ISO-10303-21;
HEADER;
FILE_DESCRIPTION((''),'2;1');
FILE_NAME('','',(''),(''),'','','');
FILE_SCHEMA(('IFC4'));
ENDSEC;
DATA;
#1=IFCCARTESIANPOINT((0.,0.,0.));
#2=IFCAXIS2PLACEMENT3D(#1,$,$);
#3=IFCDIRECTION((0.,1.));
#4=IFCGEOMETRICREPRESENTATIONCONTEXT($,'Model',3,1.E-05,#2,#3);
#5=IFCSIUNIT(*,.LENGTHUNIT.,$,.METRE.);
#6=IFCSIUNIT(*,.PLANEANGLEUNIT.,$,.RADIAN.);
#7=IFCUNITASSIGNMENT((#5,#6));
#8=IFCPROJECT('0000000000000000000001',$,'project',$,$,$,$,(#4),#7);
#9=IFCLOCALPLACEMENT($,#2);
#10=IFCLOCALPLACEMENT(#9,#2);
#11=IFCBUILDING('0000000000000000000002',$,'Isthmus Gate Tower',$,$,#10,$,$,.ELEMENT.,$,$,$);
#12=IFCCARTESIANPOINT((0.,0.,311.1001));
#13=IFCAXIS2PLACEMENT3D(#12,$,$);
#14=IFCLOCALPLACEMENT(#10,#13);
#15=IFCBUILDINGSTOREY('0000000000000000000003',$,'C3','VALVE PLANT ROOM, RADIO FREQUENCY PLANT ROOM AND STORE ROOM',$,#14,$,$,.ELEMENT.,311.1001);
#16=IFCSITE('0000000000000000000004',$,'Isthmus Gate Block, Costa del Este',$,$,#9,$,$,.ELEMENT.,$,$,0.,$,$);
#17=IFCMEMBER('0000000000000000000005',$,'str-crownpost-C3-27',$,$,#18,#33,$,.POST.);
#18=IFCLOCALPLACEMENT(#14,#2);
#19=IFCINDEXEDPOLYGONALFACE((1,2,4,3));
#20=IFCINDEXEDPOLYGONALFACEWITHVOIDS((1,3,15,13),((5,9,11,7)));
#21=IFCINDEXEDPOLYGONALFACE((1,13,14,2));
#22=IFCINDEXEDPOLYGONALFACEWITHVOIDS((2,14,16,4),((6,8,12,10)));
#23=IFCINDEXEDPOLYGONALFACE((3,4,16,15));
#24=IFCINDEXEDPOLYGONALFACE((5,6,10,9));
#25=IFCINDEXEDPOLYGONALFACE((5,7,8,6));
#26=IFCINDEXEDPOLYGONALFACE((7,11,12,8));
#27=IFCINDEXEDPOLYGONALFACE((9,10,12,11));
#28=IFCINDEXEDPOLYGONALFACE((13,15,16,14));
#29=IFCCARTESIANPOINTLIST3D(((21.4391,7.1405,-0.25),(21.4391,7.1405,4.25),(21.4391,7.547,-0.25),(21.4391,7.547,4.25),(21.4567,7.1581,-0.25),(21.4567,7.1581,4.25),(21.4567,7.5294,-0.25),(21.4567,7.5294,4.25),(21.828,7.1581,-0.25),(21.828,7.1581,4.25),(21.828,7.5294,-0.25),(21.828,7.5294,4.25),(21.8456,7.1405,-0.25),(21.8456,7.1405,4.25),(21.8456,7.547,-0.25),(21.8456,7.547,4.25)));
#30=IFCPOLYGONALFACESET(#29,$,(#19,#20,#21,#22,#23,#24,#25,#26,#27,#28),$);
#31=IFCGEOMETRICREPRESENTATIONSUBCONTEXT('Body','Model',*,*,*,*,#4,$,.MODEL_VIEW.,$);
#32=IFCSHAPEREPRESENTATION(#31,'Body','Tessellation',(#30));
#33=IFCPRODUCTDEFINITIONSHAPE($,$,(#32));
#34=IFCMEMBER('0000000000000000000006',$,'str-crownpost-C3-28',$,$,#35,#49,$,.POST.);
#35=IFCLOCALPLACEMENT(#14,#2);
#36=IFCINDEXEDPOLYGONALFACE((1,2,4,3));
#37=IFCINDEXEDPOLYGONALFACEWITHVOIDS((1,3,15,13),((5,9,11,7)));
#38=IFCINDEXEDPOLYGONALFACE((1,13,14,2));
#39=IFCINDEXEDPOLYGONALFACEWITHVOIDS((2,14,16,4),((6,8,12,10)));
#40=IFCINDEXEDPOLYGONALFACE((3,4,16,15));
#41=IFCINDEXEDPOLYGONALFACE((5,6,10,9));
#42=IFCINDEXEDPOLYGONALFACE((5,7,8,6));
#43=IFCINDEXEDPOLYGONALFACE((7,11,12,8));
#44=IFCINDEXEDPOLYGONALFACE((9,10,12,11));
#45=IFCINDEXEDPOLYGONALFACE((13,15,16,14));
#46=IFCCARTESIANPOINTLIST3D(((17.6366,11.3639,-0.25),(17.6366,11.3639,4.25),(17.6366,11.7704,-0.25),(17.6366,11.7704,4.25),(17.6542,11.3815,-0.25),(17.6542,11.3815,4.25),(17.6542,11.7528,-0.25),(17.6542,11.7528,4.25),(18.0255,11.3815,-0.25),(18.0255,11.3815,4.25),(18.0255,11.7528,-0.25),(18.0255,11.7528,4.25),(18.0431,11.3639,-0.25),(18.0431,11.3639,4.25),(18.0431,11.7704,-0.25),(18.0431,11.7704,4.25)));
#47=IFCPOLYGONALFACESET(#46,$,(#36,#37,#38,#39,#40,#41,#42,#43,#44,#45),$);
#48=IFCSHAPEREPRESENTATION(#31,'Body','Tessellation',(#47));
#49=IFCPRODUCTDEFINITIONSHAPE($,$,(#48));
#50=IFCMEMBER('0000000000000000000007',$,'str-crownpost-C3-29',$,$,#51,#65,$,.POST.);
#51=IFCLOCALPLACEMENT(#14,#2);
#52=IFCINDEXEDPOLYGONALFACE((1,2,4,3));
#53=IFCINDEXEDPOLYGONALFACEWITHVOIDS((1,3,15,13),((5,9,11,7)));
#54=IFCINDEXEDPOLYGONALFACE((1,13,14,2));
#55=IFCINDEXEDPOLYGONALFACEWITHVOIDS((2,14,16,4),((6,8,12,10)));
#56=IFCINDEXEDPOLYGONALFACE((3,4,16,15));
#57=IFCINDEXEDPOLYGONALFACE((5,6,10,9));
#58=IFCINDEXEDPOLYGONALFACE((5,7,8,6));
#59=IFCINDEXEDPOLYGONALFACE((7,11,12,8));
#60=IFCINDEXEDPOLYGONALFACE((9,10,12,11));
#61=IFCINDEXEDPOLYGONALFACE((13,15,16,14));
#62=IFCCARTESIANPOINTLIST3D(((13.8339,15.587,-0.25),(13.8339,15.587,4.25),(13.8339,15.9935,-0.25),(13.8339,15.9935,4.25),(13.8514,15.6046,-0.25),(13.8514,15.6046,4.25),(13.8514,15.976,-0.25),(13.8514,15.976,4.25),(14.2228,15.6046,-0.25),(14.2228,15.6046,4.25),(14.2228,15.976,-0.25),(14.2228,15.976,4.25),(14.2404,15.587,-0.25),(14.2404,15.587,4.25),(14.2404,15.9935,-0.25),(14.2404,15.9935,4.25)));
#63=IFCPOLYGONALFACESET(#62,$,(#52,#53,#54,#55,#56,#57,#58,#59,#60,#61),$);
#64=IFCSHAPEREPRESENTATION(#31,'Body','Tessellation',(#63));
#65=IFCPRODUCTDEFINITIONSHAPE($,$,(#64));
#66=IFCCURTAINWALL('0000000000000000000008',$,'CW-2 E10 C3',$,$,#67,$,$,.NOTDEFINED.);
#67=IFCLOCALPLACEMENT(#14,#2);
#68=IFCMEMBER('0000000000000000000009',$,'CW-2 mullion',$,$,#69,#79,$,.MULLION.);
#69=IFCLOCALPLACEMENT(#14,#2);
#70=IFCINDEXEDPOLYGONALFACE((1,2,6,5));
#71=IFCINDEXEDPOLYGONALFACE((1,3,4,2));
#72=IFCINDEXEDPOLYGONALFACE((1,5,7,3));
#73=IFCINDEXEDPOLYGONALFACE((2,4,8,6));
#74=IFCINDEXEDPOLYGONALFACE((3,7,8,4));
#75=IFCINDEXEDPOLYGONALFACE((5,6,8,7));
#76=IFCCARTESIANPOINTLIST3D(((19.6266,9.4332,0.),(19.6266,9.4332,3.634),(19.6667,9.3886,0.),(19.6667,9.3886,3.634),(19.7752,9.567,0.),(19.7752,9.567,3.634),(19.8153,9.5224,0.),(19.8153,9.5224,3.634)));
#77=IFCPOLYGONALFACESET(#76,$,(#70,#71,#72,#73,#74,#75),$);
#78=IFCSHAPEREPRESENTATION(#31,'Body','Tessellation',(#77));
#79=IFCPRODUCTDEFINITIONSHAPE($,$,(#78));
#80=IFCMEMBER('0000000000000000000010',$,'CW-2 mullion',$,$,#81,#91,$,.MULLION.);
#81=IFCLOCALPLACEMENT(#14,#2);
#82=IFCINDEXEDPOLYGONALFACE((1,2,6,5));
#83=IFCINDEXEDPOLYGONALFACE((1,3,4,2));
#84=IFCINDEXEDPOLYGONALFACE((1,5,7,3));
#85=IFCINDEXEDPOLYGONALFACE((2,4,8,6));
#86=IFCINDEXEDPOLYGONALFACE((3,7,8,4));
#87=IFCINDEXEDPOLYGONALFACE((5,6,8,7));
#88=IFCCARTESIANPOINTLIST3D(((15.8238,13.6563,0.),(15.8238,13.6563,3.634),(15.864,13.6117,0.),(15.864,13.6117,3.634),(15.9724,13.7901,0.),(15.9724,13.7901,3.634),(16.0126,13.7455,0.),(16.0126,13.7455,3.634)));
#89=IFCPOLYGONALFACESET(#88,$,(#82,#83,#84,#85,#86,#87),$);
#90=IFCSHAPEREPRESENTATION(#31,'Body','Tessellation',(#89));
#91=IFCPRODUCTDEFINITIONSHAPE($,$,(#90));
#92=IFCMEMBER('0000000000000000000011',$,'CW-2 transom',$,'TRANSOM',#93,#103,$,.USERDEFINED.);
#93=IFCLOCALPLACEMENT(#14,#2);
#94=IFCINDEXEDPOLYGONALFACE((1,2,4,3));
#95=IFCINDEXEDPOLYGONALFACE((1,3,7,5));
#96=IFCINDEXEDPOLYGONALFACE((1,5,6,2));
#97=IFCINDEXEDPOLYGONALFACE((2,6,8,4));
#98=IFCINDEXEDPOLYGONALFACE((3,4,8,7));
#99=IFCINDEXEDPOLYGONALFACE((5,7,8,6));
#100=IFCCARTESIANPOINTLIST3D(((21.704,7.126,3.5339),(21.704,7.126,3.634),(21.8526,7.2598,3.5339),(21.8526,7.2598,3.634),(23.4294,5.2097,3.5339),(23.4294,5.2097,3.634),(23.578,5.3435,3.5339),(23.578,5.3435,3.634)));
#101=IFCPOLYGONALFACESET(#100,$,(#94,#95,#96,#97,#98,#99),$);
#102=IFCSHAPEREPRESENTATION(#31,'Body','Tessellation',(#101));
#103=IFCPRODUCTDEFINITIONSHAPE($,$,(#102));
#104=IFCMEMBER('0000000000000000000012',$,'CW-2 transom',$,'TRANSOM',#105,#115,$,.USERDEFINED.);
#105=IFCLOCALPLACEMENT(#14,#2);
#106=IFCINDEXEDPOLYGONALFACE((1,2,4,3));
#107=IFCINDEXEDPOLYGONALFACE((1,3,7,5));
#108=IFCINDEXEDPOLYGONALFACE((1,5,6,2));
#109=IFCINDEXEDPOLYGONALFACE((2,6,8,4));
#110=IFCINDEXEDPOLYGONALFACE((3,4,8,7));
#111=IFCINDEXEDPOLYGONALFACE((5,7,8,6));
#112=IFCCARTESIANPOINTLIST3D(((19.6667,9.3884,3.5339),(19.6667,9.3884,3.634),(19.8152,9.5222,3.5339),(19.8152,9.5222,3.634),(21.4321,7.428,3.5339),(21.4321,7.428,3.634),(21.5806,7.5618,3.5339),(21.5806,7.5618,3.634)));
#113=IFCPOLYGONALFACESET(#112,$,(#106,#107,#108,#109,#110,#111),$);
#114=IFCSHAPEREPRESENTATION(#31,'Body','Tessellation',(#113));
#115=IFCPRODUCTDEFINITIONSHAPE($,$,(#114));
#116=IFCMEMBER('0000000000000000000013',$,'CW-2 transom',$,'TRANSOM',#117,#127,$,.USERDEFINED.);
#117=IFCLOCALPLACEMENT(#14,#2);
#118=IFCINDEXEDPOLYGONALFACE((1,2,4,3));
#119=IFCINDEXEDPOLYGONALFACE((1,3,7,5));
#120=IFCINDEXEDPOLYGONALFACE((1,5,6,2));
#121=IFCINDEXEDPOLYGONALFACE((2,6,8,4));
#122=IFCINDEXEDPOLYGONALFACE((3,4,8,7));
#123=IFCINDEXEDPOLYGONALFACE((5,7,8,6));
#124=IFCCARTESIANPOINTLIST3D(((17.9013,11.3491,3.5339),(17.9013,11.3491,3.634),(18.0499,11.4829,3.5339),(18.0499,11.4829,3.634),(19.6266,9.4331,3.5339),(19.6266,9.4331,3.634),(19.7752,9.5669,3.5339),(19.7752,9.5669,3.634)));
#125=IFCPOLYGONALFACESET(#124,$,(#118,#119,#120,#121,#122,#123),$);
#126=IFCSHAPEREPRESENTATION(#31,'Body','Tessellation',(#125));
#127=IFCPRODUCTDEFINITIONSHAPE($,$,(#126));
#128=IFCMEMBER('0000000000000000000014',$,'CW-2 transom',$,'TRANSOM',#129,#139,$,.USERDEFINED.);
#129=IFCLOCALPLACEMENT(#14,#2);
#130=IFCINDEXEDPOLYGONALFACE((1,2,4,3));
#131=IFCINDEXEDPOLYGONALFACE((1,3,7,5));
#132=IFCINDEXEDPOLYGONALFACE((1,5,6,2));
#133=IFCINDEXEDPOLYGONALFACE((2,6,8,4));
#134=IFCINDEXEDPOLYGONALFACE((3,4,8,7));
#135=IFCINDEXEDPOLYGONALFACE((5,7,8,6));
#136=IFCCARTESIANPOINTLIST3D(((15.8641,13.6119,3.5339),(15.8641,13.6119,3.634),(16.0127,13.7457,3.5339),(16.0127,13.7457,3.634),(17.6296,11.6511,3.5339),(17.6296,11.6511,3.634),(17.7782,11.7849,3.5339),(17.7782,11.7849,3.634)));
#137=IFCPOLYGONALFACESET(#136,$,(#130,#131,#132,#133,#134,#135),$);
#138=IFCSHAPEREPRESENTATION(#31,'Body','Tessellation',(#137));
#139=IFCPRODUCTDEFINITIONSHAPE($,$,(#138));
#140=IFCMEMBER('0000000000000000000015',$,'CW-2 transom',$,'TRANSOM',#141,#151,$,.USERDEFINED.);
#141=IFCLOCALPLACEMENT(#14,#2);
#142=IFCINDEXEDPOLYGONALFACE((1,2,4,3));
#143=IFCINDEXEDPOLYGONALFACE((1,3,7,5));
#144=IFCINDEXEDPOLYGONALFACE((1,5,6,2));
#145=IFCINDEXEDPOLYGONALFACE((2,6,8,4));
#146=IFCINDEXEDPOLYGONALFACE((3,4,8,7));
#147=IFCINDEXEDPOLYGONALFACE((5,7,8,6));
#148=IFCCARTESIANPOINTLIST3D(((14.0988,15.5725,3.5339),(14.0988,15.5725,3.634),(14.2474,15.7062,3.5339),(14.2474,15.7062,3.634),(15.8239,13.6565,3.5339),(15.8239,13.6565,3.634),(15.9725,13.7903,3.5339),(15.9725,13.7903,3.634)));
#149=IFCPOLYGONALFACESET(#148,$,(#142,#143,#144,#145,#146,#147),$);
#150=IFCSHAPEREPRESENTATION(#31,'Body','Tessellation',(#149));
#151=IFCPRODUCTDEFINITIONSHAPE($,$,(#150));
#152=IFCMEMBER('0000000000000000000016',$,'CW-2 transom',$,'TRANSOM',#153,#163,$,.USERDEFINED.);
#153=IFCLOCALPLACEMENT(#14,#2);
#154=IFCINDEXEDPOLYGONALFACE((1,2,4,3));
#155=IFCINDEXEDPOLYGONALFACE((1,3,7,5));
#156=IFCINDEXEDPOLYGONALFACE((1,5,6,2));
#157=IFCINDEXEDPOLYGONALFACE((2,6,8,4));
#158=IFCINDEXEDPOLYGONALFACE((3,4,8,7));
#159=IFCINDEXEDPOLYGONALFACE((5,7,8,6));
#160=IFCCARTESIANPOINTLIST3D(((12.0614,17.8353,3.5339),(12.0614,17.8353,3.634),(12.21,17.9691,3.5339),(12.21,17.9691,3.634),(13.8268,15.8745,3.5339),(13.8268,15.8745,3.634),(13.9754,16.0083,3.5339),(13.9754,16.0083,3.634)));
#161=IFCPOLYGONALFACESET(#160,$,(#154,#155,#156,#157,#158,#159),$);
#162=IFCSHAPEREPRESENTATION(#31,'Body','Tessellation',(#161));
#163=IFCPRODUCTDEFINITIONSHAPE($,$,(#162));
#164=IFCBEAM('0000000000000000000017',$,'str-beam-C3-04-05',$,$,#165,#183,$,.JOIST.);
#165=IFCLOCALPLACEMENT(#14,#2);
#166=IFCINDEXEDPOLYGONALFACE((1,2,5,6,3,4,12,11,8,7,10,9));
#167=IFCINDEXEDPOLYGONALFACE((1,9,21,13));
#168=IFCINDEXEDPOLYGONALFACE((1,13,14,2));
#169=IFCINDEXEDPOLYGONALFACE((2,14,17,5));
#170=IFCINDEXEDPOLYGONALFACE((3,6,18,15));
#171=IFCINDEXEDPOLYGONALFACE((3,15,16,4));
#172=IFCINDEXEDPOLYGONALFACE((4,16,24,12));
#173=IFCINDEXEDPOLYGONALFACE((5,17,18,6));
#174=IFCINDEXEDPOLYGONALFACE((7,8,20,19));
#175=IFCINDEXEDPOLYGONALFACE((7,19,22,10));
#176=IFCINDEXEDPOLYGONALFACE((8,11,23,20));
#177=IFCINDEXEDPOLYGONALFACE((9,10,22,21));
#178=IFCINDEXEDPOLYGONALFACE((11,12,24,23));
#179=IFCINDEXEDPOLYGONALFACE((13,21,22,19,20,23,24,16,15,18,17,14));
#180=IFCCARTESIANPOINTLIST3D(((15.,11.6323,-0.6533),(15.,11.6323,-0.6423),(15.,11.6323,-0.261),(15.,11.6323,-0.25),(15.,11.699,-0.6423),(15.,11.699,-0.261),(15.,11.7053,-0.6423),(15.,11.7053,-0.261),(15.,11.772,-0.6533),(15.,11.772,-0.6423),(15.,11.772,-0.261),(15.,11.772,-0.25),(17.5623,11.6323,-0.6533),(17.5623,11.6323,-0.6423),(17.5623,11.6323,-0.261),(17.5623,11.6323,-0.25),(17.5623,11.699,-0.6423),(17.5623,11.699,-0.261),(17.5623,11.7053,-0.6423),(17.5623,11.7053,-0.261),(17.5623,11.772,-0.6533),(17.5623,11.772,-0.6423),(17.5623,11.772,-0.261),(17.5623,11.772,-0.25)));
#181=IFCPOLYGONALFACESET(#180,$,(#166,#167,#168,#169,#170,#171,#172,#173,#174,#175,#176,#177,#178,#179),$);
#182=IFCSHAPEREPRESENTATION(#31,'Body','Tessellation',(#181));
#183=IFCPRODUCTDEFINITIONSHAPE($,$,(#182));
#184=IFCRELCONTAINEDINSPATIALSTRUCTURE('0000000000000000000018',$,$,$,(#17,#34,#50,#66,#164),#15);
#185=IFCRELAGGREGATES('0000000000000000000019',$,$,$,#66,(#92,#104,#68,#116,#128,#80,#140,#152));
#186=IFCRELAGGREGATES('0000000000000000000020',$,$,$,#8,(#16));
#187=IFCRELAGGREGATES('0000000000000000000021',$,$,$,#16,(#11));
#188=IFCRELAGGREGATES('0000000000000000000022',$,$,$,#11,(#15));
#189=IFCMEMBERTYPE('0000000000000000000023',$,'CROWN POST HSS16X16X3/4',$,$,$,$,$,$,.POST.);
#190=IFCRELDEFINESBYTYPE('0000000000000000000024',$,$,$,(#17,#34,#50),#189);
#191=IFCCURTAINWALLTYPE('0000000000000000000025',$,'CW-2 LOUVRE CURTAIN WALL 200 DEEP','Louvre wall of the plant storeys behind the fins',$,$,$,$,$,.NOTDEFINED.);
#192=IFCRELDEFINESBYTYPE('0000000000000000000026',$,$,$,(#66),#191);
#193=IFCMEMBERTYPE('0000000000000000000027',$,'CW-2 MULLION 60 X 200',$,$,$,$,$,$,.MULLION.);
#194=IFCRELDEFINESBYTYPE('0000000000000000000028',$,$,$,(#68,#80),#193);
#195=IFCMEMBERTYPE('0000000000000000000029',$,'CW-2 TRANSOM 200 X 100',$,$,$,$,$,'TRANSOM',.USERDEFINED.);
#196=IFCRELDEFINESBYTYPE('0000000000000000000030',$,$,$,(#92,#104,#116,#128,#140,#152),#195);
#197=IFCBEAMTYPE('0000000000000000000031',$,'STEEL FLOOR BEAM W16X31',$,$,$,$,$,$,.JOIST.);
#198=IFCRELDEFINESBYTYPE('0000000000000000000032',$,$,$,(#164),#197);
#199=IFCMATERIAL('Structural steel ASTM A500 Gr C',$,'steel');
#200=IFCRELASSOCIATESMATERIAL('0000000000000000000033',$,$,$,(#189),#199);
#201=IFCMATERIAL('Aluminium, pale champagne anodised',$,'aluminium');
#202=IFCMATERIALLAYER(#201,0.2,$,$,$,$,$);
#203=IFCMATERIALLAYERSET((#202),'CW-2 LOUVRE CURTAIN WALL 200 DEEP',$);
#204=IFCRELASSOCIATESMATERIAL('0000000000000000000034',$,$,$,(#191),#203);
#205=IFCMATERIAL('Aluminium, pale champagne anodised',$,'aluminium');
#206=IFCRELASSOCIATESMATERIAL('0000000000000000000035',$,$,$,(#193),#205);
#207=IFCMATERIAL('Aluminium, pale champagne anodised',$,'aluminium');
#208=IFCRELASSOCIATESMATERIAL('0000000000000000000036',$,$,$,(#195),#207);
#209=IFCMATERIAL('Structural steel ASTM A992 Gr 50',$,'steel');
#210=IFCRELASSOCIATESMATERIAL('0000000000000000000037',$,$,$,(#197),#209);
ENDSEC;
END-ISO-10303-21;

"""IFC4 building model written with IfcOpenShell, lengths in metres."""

from ifc_helpers import new_model, si_unit, direction, frame, origin, origin_2d, place, context, subcontext, project, spatial, rectangle, hollow_rectangle, i_section, extrude, material, layer, layer_set, material_profile, profile_set, type_object, element, aggregate, save


model = new_model("IFC4")

# Units and contexts
model_context = context("Model", 3, precision=1e-05, world=origin(), true_north=direction((0.0, 1.0)))
body_context = subcontext(model_context, "Body", "Model", "MODEL_VIEW")
ifc_project = project(units=[si_unit("LENGTHUNIT", "METRE"), si_unit("PLANEANGLEUNIT", "RADIAN")], contexts=[model_context])

# Site, building, storey
site_placement = place(None, origin())
site = spatial("IfcSite", under=ifc_project, at=site_placement, Name="Isthmus Gate Block, Costa del Este", CompositionType="ELEMENT", RefElevation=0.0)
building_placement = place(site_placement, origin())
building = spatial("IfcBuilding", under=site, at=building_placement, Name="Isthmus Gate Tower", CompositionType="ELEMENT")
storey_placement = place(building_placement, frame((0.0, 0.0, 311.1001)))
storey = spatial("IfcBuildingStorey", under=building, at=storey_placement, Name="C3", Description="VALVE PLANT ROOM, RADIO FREQUENCY PLANT ROOM AND STORE ROOM", CompositionType="ELEMENT", Elevation=311.1001)

# Members
ifc_material_1 = material(Name="Structural steel ASTM A500 Gr C", Category="steel")
ifc_material_profile_1 = material_profile(ifc_material_1, hollow_rectangle(XDim=0.4065, YDim=0.4065, WallThickness=0.0176, at=origin_2d()), Name="HSS16X16X3/4")
ifc_profile_set_1 = profile_set([ifc_material_profile_1], Name="Structural steel ASTM A500 Gr C")
member_type_1 = type_object("IfcMemberType", Name="CROWN POST HSS16X16X3/4", PredefinedType="POST", material=ifc_profile_set_1)
for number, where, z_axis, x_axis, name in (
    (1, (21.6423, 7.3438, -0.25), (0.0, 0.0, 1.0), (1.0, 0.0, 0.0), "str-crownpost-C3-27"),
    (2, (17.8398, 11.5671, -0.25), (0.0, 0.0, 1.0), (1.0, 0.0, 0.0), "str-crownpost-C3-28"),
    (3, (14.0371, 15.7903, -0.25), (0.0, 0.0, 1.0), (1.0, 0.0, 0.0), "str-crownpost-C3-29"),
):
    element("IfcMember", number, at=place(storey_placement, frame(where, z_axis=z_axis, x_axis=x_axis)), inside=storey, type_object=member_type_1, Name=name, PredefinedType="POST", context=body_context, shape_type="SweptSolid", body=[
        extrude(hollow_rectangle(XDim=0.4065, YDim=0.4065, WallThickness=0.0176, at=origin_2d()), origin(), (0.0, 0.0, 1.0), 4.5),
    ])

# Curtain wall, members
ifc_material_2 = material(Name="Aluminium, pale champagne anodised", Category="aluminium")
ifc_layer_1 = layer(ifc_material_2, 0.2)
ifc_layer_set_1 = layer_set([ifc_layer_1], Name="CW-2 LOUVRE CURTAIN WALL 200 DEEP")
curtain_wall_type = type_object("IfcCurtainWallType", Name="CW-2 LOUVRE CURTAIN WALL 200 DEEP", Description="Louvre wall of the plant storeys behind the fins", PredefinedType="NOTDEFINED", material=ifc_layer_set_1)
curtain_wall_placement = place(storey_placement, origin())
curtain_wall = element("IfcCurtainWall", 4, at=curtain_wall_placement, inside=storey, type_object=curtain_wall_type, Name="CW-2 E10 C3", PredefinedType="NOTDEFINED")
ifc_material_3 = material(Name="Aluminium, pale champagne anodised", Category="aluminium")
ifc_material_profile_2 = material_profile(ifc_material_3, rectangle(XDim=0.0601, YDim=0.2, at=origin_2d()), Name="60x200")
ifc_profile_set_2 = profile_set([ifc_material_profile_2], Name="Aluminium, pale champagne anodised")
member_type_2 = type_object("IfcMemberType", Name="CW-2 MULLION 60 X 200", PredefinedType="MULLION", material=ifc_profile_set_2)
member_1_placement = place(storey_placement, frame((19.7209, 9.4778, 0.0), z_axis=(0.0, 0.0, 1.0), x_axis=(-0.669131, 0.743145, 0.0)))
member_1 = element("IfcMember", 5, at=member_1_placement, type_object=member_type_2, Name="CW-2 mullion", PredefinedType="MULLION", context=body_context, shape_type="SweptSolid", body=[
    extrude(rectangle(XDim=0.0601, YDim=0.2, at=origin_2d()), origin(), (0.0, 0.0, 1.0), 3.634),
])
member_2_placement = place(storey_placement, frame((15.9182, 13.7009, 0.0), z_axis=(0.0, 0.0, 1.0), x_axis=(-0.669131, 0.743145, 0.0)))
member_2 = element("IfcMember", 6, at=member_2_placement, type_object=member_type_2, Name="CW-2 mullion", PredefinedType="MULLION", context=body_context, shape_type="SweptSolid", body=[
    extrude(rectangle(XDim=0.0601, YDim=0.2, at=origin_2d()), origin(), (0.0, 0.0, 1.0), 3.634),
])
ifc_material_4 = material(Name="Aluminium, pale champagne anodised", Category="aluminium")
ifc_material_profile_3 = material_profile(ifc_material_4, rectangle(XDim=0.2, YDim=0.1001, at=origin_2d()), Name="200x100")
ifc_profile_set_3 = profile_set([ifc_material_profile_3], Name="Aluminium, pale champagne anodised")
member_type_3 = type_object("IfcMemberType", Name="CW-2 TRANSOM 200 X 100", ElementType="TRANSOM", PredefinedType="USERDEFINED", material=ifc_profile_set_3)
member_3_placement = place(storey_placement, frame((23.5037, 5.2766, 3.584), z_axis=(-0.669116, 0.743158, 0.0), x_axis=(-0.743158, -0.669116, 0.0)))
member_3 = element("IfcMember", 7, at=member_3_placement, type_object=member_type_3, Name="CW-2 transom", ObjectType="TRANSOM", PredefinedType="USERDEFINED", context=body_context, shape_type="SweptSolid", body=[
    extrude(rectangle(XDim=0.2, YDim=0.1001, at=origin_2d()), origin(), (0.0, 0.0, 1.0), 2.5786),
])
member_4_placement = place(storey_placement, frame((21.5063, 7.4949, 3.584), z_axis=(-0.669169, 0.74311, 0.0), x_axis=(-0.74311, -0.669169, 0.0)))
member_4 = element("IfcMember", 8, at=member_4_placement, type_object=member_type_3, Name="CW-2 transom", ObjectType="TRANSOM", PredefinedType="USERDEFINED", context=body_context, shape_type="SweptSolid", body=[
    extrude(rectangle(XDim=0.2, YDim=0.1001, at=origin_2d()), origin(), (0.0, 0.0, 1.0), 2.6382),
])
member_5_placement = place(storey_placement, frame((19.7009, 9.5, 3.584), z_axis=(-0.669164, 0.743115, 0.0), x_axis=(-0.743115, -0.669164, 0.0)))
member_5 = element("IfcMember", 9, at=member_5_placement, type_object=member_type_3, Name="CW-2 transom", ObjectType="TRANSOM", PredefinedType="USERDEFINED", context=body_context, shape_type="SweptSolid", body=[
    extrude(rectangle(XDim=0.2, YDim=0.1001, at=origin_2d()), origin(), (0.0, 0.0, 1.0), 2.5784),
])
member_6_placement = place(storey_placement, frame((17.7039, 11.718, 3.584), z_axis=(-0.669123, 0.743151, 0.0), x_axis=(-0.743151, -0.669123, 0.0)))
member_6 = element("IfcMember", 10, at=member_6_placement, type_object=member_type_3, Name="CW-2 transom", ObjectType="TRANSOM", PredefinedType="USERDEFINED", context=body_context, shape_type="SweptSolid", body=[
    extrude(rectangle(XDim=0.2, YDim=0.1001, at=origin_2d()), origin(), (0.0, 0.0, 1.0), 2.6384),
])
member_7_placement = place(storey_placement, frame((15.8982, 13.7234, 3.584), z_axis=(-0.669111, 0.743162, 0.0), x_axis=(-0.743162, -0.669111, 0.0)))
member_7 = element("IfcMember", 11, at=member_7_placement, type_object=member_type_3, Name="CW-2 transom", ObjectType="TRANSOM", PredefinedType="USERDEFINED", context=body_context, shape_type="SweptSolid", body=[
    extrude(rectangle(XDim=0.2, YDim=0.1001, at=origin_2d()), origin(), (0.0, 0.0, 1.0), 2.5781),
])
member_8_placement = place(storey_placement, frame((13.9011, 15.9414, 3.584), z_axis=(-0.669123, 0.743151, 0.0), x_axis=(-0.743151, -0.669123, 0.0)))
member_8 = element("IfcMember", 12, at=member_8_placement, type_object=member_type_3, Name="CW-2 transom", ObjectType="TRANSOM", PredefinedType="USERDEFINED", context=body_context, shape_type="SweptSolid", body=[
    extrude(rectangle(XDim=0.2, YDim=0.1001, at=origin_2d()), origin(), (0.0, 0.0, 1.0), 2.6384),
])

# Beam
ifc_material_5 = material(Name="Structural steel ASTM A992 Gr 50", Category="steel")
ifc_material_profile_4 = material_profile(ifc_material_5, i_section(OverallWidth=0.1396, OverallDepth=0.4033, WebThickness=0.0063, FlangeThickness=0.011, at=origin_2d()), Name="W16X31")
ifc_profile_set_4 = profile_set([ifc_material_profile_4], Name="Structural steel ASTM A992 Gr 50")
beam_type_1 = type_object("IfcBeamType", Name="STEEL FLOOR BEAM W16X31", PredefinedType="JOIST", material=ifc_profile_set_4)
beam_1_placement = place(storey_placement, frame((15.0, 11.7021, -0.4517), z_axis=(1.0, 0.0, 0.0), x_axis=(0.0, 1.0, 0.0)))
element("IfcBeam", 13, at=beam_1_placement, inside=storey, type_object=beam_type_1, Name="str-beam-C3-04-05", PredefinedType="JOIST", context=body_context, shape_type="SweptSolid", body=[
    extrude(i_section(OverallWidth=0.1396, OverallDepth=0.4033, WebThickness=0.0063, FlangeThickness=0.011, at=origin_2d()), origin(), (0.0, 0.0, 1.0), 2.5623),
])

aggregate(curtain_wall, [member_3, member_4, member_1, member_5, member_6, member_2, member_7, member_8])

save(model, "model.ifc")
